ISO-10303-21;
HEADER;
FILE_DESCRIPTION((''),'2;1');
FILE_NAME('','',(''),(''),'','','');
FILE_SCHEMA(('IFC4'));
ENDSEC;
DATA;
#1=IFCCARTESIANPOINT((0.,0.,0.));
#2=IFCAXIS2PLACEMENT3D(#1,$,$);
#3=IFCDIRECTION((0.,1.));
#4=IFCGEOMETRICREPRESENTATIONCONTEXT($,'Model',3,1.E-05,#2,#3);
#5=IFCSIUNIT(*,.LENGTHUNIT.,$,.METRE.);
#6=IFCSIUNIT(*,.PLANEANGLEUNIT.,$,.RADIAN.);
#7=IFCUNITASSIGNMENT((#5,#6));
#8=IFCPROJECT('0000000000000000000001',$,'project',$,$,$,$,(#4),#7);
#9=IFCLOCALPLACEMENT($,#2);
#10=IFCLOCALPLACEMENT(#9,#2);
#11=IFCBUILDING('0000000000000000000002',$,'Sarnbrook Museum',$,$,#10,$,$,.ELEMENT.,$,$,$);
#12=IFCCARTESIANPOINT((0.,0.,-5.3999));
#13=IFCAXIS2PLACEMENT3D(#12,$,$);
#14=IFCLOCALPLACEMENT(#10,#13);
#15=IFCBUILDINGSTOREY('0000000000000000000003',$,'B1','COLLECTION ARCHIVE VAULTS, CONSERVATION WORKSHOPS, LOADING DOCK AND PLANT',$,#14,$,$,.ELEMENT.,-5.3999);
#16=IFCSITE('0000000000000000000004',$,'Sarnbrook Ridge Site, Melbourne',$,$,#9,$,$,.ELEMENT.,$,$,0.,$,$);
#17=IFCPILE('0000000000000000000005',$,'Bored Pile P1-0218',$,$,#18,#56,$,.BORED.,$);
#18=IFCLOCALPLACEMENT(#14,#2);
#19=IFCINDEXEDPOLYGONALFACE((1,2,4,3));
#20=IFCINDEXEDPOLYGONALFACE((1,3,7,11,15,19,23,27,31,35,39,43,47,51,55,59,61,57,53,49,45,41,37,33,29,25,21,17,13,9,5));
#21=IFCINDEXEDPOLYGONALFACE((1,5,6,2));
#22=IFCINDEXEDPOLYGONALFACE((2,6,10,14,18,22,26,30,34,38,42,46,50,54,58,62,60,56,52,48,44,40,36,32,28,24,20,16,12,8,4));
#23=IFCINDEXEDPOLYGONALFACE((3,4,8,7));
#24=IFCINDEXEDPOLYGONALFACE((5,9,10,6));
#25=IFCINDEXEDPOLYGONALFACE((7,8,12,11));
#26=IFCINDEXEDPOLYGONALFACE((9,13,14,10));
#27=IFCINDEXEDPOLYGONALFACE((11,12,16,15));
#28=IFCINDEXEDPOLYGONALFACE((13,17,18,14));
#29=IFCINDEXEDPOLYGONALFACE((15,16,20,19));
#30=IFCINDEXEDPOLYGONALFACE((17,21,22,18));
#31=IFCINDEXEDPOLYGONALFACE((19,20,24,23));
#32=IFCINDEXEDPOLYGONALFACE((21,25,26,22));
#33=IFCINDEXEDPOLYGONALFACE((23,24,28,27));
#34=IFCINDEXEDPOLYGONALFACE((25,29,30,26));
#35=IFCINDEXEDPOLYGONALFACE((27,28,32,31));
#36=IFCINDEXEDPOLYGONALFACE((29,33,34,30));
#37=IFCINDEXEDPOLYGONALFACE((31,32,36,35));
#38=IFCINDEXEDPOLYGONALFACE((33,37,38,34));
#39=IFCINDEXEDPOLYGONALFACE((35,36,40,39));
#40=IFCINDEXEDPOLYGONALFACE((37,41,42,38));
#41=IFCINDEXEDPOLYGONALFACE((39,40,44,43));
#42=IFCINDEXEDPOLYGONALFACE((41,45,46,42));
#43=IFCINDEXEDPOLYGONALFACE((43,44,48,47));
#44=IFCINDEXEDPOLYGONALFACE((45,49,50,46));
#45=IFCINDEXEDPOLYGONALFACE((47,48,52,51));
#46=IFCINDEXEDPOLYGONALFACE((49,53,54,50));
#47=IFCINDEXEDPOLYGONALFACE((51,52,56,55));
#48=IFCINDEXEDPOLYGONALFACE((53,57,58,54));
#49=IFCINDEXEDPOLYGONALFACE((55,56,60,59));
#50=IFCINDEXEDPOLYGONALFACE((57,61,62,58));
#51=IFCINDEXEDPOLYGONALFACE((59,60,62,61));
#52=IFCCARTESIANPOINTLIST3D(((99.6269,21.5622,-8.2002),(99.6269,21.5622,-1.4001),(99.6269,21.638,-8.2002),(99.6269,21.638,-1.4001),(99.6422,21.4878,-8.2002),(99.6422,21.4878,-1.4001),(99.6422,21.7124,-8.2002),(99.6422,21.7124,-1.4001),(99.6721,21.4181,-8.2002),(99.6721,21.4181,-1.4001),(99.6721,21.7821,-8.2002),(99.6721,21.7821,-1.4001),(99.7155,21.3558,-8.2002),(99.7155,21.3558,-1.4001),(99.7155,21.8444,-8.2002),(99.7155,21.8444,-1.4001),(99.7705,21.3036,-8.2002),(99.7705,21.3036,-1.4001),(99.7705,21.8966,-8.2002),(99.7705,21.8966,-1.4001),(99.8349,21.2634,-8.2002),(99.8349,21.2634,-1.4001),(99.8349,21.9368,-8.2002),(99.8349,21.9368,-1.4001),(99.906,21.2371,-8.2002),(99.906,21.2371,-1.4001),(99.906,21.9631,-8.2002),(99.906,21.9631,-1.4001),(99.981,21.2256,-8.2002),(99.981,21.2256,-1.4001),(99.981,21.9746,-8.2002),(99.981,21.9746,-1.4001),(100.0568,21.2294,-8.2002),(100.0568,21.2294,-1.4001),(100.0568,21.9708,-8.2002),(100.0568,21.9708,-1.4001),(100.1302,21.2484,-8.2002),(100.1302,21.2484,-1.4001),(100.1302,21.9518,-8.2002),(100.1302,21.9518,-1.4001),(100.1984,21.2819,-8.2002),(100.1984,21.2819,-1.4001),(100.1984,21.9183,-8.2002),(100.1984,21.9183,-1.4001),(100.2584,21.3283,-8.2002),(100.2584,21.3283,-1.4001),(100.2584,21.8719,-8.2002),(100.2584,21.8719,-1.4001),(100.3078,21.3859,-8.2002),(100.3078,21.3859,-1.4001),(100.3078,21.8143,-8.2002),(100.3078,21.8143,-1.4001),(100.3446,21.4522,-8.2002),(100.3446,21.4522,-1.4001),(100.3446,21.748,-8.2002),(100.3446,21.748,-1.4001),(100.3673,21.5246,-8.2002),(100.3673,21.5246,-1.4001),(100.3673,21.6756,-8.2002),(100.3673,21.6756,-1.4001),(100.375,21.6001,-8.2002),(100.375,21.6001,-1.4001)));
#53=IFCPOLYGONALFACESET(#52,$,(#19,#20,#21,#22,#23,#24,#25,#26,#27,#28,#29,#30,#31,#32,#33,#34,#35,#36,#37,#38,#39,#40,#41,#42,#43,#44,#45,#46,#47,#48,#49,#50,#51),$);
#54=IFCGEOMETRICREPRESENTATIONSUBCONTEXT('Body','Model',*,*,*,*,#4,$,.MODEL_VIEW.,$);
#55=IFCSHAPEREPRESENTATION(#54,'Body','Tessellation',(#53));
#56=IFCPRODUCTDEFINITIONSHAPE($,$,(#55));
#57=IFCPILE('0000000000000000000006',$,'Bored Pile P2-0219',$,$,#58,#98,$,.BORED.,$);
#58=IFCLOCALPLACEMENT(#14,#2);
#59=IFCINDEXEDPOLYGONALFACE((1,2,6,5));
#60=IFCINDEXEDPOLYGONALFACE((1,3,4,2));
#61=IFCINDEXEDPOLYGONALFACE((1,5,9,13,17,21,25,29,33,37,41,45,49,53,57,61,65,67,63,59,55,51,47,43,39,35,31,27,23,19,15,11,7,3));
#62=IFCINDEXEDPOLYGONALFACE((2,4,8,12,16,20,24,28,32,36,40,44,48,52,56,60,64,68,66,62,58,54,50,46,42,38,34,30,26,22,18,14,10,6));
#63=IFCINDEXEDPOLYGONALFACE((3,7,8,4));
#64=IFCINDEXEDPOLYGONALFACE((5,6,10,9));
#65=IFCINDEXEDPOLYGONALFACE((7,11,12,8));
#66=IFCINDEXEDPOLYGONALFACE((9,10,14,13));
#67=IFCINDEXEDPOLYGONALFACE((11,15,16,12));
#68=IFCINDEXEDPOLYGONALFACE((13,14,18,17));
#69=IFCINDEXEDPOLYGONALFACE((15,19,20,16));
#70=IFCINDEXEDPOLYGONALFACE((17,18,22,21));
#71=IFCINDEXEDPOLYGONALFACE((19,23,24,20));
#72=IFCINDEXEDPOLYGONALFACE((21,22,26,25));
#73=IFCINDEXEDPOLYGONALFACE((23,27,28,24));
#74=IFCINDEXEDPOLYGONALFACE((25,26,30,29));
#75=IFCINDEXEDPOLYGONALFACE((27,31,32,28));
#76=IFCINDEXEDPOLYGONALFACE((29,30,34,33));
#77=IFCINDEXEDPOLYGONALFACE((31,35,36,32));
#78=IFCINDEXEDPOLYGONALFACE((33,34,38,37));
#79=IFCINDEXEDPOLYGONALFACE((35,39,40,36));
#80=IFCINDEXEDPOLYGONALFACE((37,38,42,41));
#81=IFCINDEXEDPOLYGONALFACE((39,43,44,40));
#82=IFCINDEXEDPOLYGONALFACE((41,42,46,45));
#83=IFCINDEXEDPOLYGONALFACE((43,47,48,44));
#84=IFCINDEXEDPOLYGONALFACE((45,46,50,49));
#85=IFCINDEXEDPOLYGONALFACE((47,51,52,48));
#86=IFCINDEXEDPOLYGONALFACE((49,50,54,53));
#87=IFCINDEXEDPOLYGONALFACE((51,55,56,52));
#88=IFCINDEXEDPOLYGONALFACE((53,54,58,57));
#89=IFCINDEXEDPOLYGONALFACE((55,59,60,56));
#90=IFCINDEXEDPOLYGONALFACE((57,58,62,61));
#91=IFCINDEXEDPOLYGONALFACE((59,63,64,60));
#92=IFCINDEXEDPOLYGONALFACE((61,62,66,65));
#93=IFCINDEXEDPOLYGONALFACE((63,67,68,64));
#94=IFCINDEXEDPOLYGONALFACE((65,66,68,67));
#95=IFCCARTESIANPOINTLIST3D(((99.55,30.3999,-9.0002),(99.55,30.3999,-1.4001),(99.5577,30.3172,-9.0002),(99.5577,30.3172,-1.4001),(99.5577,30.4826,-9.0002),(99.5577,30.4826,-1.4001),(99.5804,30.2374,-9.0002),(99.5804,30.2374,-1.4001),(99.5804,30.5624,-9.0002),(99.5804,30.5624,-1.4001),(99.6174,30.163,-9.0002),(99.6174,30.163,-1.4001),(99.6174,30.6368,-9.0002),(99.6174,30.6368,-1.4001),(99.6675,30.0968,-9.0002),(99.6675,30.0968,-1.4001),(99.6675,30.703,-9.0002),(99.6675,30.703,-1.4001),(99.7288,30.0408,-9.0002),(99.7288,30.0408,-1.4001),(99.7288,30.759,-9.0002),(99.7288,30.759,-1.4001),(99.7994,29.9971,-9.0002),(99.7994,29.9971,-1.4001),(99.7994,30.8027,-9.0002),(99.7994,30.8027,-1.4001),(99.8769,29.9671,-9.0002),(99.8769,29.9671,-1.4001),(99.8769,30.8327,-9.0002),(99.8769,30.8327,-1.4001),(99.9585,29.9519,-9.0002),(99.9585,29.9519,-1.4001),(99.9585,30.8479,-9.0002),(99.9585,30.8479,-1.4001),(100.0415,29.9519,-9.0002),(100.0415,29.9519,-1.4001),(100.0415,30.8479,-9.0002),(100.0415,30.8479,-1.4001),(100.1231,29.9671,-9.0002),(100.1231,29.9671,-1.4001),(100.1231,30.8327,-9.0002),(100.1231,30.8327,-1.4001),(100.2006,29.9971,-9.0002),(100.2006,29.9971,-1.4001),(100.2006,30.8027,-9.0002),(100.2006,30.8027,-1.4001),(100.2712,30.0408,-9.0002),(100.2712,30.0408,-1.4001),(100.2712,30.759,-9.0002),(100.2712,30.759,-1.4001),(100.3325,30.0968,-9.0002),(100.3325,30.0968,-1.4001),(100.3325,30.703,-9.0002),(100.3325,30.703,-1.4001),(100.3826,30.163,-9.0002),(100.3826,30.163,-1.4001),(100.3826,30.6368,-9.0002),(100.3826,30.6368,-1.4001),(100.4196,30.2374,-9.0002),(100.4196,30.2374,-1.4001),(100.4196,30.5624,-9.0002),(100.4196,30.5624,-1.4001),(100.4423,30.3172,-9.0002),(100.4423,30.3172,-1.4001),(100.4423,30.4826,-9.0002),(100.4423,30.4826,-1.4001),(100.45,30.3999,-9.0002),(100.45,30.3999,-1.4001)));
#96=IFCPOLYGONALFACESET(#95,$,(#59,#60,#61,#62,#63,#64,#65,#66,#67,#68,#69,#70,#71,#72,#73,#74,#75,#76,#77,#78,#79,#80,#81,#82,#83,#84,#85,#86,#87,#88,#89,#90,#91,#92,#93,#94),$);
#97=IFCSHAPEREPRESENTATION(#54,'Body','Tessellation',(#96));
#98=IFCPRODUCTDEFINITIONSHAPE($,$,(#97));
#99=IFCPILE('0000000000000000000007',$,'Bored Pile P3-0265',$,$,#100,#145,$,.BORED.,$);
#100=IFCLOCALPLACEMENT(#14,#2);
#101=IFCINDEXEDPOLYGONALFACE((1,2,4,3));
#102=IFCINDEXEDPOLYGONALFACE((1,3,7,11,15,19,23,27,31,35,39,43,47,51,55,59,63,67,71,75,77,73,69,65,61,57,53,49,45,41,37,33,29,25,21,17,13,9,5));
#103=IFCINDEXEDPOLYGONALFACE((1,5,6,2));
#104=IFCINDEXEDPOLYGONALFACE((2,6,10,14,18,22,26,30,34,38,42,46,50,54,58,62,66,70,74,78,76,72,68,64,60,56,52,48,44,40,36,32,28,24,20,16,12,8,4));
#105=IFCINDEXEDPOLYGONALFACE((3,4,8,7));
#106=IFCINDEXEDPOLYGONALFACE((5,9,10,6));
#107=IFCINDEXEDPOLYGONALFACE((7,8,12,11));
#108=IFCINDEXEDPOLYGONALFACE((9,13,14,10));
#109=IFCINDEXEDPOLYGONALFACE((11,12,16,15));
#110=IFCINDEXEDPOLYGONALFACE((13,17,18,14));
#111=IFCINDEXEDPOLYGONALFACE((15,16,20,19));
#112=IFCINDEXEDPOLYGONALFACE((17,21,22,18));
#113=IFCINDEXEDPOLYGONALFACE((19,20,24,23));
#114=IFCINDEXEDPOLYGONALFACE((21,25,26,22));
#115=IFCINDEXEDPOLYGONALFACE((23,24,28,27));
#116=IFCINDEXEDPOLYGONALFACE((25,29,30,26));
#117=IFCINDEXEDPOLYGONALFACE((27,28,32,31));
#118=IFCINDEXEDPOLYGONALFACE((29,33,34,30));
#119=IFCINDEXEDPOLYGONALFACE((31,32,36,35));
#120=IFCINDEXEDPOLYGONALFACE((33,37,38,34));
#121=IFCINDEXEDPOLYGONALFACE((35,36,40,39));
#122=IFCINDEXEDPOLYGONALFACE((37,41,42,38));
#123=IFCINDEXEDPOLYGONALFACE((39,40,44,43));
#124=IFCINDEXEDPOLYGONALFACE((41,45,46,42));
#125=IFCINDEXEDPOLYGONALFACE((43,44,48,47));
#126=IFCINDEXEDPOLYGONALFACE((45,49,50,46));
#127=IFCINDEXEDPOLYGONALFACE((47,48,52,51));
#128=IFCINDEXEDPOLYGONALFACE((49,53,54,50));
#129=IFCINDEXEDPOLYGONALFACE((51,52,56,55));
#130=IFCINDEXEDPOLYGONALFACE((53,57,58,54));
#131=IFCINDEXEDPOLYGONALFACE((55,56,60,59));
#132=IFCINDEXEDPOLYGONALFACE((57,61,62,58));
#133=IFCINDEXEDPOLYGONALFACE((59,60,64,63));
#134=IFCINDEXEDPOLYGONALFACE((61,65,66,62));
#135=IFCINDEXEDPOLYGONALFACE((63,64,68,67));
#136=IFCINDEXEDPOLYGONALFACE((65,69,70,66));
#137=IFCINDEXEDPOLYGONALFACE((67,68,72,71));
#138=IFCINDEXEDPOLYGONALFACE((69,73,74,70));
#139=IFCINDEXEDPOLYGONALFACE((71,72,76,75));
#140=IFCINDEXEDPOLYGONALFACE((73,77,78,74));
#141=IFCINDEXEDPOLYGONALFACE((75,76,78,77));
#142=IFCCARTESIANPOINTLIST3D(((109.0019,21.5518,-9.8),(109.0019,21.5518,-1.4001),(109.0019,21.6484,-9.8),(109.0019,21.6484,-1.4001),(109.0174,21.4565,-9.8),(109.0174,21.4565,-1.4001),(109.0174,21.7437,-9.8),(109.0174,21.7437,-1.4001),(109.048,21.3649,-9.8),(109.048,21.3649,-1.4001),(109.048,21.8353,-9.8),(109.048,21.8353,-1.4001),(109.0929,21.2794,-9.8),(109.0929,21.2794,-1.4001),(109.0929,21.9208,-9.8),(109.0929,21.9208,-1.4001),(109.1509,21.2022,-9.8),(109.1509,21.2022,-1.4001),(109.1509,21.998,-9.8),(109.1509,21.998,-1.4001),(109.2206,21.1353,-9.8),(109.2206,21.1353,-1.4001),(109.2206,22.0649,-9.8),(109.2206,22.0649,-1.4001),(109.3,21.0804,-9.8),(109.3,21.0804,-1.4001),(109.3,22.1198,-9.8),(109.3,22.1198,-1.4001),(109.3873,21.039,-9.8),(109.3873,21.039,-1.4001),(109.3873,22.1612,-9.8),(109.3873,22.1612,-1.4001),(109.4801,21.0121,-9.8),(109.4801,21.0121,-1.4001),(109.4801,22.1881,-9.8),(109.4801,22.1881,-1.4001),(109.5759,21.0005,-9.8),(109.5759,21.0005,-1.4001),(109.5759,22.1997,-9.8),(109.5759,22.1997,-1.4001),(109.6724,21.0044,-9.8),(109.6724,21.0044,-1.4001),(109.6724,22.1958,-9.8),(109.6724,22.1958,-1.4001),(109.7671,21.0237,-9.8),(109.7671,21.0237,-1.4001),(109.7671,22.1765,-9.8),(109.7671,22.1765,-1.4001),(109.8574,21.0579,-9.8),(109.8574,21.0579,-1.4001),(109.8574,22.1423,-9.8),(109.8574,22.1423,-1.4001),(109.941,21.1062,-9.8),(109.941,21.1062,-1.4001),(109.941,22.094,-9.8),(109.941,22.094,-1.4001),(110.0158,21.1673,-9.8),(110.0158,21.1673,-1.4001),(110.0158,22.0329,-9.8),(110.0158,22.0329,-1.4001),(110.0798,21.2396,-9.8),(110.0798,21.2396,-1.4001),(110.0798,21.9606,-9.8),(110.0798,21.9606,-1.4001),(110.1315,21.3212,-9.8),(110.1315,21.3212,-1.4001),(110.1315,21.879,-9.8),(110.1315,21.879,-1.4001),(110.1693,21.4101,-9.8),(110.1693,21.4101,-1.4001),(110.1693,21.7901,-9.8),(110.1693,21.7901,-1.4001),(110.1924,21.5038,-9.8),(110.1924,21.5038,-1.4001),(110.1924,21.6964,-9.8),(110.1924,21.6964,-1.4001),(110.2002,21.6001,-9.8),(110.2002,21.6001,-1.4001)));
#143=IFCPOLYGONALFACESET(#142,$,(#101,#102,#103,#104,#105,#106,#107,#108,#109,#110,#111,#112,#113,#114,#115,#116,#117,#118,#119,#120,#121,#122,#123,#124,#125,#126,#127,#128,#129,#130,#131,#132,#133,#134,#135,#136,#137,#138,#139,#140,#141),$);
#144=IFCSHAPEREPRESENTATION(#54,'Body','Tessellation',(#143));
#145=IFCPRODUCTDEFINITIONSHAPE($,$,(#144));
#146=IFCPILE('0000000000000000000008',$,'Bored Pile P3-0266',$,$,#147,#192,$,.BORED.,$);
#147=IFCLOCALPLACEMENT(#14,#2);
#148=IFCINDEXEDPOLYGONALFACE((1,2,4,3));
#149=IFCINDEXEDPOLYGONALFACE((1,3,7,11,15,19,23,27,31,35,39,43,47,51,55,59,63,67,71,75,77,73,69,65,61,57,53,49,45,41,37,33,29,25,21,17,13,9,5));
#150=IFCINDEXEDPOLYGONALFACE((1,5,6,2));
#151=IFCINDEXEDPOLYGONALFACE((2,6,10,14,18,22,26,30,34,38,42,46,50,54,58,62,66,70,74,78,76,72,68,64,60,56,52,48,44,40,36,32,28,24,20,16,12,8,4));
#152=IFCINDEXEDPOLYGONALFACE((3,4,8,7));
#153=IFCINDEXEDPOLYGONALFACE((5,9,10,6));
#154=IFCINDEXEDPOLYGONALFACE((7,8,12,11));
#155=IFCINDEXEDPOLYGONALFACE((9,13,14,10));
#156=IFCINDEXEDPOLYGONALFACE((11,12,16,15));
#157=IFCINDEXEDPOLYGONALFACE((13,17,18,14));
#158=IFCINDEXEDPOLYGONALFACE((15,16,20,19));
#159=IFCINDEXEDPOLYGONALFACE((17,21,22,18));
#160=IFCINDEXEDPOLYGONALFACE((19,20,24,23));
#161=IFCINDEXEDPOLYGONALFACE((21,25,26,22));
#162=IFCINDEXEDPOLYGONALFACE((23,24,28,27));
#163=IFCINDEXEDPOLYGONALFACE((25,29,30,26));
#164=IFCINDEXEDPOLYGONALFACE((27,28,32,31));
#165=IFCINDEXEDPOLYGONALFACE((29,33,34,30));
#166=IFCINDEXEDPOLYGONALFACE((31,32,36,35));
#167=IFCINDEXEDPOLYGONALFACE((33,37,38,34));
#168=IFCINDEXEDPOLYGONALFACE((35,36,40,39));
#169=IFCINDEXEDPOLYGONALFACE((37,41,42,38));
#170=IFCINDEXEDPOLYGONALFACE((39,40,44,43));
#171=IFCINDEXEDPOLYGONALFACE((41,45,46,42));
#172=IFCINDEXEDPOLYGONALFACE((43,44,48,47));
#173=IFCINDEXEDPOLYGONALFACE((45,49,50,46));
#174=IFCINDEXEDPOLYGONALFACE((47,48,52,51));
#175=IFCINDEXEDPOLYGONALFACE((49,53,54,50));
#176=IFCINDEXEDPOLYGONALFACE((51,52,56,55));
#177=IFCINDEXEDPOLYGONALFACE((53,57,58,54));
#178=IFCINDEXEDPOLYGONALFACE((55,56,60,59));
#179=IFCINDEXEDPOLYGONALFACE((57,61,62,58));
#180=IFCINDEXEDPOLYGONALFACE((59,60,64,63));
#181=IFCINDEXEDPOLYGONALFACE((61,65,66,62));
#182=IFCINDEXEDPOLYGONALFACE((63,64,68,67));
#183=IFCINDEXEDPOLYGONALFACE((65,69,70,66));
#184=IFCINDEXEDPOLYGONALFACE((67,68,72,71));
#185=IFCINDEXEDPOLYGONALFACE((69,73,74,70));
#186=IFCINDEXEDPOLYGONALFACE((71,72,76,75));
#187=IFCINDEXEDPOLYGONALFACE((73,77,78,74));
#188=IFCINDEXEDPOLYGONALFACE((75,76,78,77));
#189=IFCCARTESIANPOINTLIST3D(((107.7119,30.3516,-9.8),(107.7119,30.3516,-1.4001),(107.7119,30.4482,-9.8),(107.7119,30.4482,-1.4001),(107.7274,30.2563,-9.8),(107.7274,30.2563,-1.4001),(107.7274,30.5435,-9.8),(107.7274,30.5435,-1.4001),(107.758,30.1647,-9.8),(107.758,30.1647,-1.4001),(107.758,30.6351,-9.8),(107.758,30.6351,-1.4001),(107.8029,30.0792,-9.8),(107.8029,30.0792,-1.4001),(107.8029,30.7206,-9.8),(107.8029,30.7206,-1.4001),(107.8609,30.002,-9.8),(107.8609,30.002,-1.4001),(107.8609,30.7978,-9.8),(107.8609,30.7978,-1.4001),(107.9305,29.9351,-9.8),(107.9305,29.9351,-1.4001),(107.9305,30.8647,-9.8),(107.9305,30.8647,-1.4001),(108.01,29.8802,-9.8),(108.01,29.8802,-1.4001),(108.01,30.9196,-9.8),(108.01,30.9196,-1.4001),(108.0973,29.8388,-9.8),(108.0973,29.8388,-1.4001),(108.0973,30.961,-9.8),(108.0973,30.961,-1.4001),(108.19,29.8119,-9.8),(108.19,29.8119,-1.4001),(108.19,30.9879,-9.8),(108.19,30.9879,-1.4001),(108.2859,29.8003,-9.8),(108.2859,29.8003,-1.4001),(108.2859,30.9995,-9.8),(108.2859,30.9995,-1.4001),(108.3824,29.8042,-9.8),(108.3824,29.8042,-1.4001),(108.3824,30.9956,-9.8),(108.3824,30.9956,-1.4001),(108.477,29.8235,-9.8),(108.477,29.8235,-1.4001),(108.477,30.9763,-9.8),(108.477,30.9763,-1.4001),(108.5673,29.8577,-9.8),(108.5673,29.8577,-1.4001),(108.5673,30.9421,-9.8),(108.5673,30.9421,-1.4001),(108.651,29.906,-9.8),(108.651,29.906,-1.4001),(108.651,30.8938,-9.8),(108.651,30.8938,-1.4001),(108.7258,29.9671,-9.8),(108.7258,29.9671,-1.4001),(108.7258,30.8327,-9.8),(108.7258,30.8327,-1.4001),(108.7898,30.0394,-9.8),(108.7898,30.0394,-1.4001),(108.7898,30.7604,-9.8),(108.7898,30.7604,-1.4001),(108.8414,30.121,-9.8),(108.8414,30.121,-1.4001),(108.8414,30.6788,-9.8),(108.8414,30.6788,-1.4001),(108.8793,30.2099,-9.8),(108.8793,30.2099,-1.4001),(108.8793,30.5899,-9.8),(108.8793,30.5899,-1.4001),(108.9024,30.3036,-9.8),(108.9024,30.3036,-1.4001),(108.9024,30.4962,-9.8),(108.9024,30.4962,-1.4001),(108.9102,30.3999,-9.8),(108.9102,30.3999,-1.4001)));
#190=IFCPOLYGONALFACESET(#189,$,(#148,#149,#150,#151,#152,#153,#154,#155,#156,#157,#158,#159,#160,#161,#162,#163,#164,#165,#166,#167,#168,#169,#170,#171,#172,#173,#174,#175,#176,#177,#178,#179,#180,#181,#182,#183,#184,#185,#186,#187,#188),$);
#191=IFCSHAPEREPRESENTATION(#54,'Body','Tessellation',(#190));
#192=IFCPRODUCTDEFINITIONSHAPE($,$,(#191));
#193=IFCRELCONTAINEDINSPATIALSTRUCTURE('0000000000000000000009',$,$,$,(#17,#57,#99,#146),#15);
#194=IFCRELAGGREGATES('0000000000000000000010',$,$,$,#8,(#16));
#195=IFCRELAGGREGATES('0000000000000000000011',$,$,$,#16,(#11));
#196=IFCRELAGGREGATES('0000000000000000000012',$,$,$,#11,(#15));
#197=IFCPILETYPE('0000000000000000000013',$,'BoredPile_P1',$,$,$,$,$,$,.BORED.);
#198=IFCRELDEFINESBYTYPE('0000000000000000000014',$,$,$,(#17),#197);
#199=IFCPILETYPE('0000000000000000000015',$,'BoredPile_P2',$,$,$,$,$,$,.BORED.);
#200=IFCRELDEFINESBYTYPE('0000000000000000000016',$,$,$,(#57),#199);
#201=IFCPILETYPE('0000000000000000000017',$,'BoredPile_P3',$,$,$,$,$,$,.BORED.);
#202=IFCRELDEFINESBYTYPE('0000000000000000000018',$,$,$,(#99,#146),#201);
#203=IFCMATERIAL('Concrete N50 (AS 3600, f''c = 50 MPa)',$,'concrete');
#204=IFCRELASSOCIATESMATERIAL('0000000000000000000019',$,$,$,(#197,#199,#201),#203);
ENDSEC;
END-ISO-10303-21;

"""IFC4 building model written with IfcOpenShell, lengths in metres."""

from ifc_helpers import new_model, si_unit, direction, frame, origin, origin_2d, place, context, subcontext, project, spatial, circle, extrude, material, material_profile, profile_set, type_object, element, save


model = new_model("IFC4")

# Units and contexts
model_context = context("Model", 3, precision=1e-05, world=origin(), true_north=direction((0.0, 1.0)))
body_context = subcontext(model_context, "Body", "Model", "MODEL_VIEW")
ifc_project = project(units=[si_unit("LENGTHUNIT", "METRE"), si_unit("PLANEANGLEUNIT", "RADIAN")], contexts=[model_context])

# Site, building, storey
site_placement = place(None, origin())
site = spatial("IfcSite", under=ifc_project, at=site_placement, Name="Sarnbrook Ridge Site, Melbourne", CompositionType="ELEMENT", RefElevation=0.0)
building_placement = place(site_placement, origin())
building = spatial("IfcBuilding", under=site, at=building_placement, Name="Sarnbrook Museum", CompositionType="ELEMENT")
storey_placement = place(building_placement, frame((0.0, 0.0, -5.3999)))
storey = spatial("IfcBuildingStorey", under=building, at=storey_placement, Name="B1", Description="COLLECTION ARCHIVE VAULTS, CONSERVATION WORKSHOPS, LOADING DOCK AND PLANT", CompositionType="ELEMENT", Elevation=-5.3999)

# Piles
ifc_material_1 = material(Name="Concrete N50 (AS 3600, f'c = 50 MPa)", Category="concrete")
ifc_material_profile_1 = material_profile(ifc_material_1, circle(Radius=0.375, at=origin_2d()), Name="BORED PILE D750")
ifc_profile_set_1 = profile_set([ifc_material_profile_1], Name="Concrete N50 (AS 3600, f'c = 50 MPa)")
pile_type_1 = type_object("IfcPileType", Name="BoredPile_P1", PredefinedType="BORED", material=ifc_profile_set_1)
pile_1_placement = place(storey_placement, frame((100.0, 21.6001, -1.4001), z_axis=(0.0, 0.0, -1.0), x_axis=(1.0, 0.0, 0.0)))
element("IfcPile", 1, at=pile_1_placement, inside=storey, type_object=pile_type_1, Name="Bored Pile P1-0218", PredefinedType="BORED", context=body_context, shape_type="SweptSolid", body=[
    extrude(circle(Radius=0.375, at=origin_2d()), origin(), (0.0, 0.0, 1.0), 6.8),
])
ifc_material_profile_2 = material_profile(ifc_material_1, circle(Radius=0.45, at=origin_2d()), Name="BORED PILE D900")
ifc_profile_set_2 = profile_set([ifc_material_profile_2], Name="Concrete N50 (AS 3600, f'c = 50 MPa)")
pile_type_2 = type_object("IfcPileType", Name="BoredPile_P2", PredefinedType="BORED", material=ifc_profile_set_2)
pile_2_placement = place(storey_placement, frame((100.0, 30.3999, -1.4001), z_axis=(0.0, 0.0, -1.0), x_axis=(1.0, 0.0, 0.0)))
element("IfcPile", 2, at=pile_2_placement, inside=storey, type_object=pile_type_2, Name="Bored Pile P2-0219", PredefinedType="BORED", context=body_context, shape_type="SweptSolid", body=[
    extrude(circle(Radius=0.45, at=origin_2d()), origin(), (0.0, 0.0, 1.0), 7.6001),
])
ifc_material_profile_3 = material_profile(ifc_material_1, circle(Radius=0.6001, at=origin_2d()), Name="BORED PILE D1200")
ifc_profile_set_3 = profile_set([ifc_material_profile_3], Name="Concrete N50 (AS 3600, f'c = 50 MPa)")
pile_type_3 = type_object("IfcPileType", Name="BoredPile_P3", PredefinedType="BORED", material=ifc_profile_set_3)
for number, where, z_axis, x_axis, name in (
    (3, (109.6001, 21.6001, -1.4001), (0.0, 0.0, -1.0), (1.0, 0.0, 0.0), "Bored Pile P3-0265"),
    (4, (108.3101, 30.3999, -1.4001), (0.0, 0.0, -1.0), (1.0, 0.0, 0.0), "Bored Pile P3-0266"),
):
    element("IfcPile", number, at=place(storey_placement, frame(where, z_axis=z_axis, x_axis=x_axis)), inside=storey, type_object=pile_type_3, Name=name, PredefinedType="BORED", context=body_context, shape_type="SweptSolid", body=[
        extrude(circle(Radius=0.6001, at=origin_2d()), origin(), (0.0, 0.0, 1.0), 8.3999),
    ])

save(model, "model.ifc")
